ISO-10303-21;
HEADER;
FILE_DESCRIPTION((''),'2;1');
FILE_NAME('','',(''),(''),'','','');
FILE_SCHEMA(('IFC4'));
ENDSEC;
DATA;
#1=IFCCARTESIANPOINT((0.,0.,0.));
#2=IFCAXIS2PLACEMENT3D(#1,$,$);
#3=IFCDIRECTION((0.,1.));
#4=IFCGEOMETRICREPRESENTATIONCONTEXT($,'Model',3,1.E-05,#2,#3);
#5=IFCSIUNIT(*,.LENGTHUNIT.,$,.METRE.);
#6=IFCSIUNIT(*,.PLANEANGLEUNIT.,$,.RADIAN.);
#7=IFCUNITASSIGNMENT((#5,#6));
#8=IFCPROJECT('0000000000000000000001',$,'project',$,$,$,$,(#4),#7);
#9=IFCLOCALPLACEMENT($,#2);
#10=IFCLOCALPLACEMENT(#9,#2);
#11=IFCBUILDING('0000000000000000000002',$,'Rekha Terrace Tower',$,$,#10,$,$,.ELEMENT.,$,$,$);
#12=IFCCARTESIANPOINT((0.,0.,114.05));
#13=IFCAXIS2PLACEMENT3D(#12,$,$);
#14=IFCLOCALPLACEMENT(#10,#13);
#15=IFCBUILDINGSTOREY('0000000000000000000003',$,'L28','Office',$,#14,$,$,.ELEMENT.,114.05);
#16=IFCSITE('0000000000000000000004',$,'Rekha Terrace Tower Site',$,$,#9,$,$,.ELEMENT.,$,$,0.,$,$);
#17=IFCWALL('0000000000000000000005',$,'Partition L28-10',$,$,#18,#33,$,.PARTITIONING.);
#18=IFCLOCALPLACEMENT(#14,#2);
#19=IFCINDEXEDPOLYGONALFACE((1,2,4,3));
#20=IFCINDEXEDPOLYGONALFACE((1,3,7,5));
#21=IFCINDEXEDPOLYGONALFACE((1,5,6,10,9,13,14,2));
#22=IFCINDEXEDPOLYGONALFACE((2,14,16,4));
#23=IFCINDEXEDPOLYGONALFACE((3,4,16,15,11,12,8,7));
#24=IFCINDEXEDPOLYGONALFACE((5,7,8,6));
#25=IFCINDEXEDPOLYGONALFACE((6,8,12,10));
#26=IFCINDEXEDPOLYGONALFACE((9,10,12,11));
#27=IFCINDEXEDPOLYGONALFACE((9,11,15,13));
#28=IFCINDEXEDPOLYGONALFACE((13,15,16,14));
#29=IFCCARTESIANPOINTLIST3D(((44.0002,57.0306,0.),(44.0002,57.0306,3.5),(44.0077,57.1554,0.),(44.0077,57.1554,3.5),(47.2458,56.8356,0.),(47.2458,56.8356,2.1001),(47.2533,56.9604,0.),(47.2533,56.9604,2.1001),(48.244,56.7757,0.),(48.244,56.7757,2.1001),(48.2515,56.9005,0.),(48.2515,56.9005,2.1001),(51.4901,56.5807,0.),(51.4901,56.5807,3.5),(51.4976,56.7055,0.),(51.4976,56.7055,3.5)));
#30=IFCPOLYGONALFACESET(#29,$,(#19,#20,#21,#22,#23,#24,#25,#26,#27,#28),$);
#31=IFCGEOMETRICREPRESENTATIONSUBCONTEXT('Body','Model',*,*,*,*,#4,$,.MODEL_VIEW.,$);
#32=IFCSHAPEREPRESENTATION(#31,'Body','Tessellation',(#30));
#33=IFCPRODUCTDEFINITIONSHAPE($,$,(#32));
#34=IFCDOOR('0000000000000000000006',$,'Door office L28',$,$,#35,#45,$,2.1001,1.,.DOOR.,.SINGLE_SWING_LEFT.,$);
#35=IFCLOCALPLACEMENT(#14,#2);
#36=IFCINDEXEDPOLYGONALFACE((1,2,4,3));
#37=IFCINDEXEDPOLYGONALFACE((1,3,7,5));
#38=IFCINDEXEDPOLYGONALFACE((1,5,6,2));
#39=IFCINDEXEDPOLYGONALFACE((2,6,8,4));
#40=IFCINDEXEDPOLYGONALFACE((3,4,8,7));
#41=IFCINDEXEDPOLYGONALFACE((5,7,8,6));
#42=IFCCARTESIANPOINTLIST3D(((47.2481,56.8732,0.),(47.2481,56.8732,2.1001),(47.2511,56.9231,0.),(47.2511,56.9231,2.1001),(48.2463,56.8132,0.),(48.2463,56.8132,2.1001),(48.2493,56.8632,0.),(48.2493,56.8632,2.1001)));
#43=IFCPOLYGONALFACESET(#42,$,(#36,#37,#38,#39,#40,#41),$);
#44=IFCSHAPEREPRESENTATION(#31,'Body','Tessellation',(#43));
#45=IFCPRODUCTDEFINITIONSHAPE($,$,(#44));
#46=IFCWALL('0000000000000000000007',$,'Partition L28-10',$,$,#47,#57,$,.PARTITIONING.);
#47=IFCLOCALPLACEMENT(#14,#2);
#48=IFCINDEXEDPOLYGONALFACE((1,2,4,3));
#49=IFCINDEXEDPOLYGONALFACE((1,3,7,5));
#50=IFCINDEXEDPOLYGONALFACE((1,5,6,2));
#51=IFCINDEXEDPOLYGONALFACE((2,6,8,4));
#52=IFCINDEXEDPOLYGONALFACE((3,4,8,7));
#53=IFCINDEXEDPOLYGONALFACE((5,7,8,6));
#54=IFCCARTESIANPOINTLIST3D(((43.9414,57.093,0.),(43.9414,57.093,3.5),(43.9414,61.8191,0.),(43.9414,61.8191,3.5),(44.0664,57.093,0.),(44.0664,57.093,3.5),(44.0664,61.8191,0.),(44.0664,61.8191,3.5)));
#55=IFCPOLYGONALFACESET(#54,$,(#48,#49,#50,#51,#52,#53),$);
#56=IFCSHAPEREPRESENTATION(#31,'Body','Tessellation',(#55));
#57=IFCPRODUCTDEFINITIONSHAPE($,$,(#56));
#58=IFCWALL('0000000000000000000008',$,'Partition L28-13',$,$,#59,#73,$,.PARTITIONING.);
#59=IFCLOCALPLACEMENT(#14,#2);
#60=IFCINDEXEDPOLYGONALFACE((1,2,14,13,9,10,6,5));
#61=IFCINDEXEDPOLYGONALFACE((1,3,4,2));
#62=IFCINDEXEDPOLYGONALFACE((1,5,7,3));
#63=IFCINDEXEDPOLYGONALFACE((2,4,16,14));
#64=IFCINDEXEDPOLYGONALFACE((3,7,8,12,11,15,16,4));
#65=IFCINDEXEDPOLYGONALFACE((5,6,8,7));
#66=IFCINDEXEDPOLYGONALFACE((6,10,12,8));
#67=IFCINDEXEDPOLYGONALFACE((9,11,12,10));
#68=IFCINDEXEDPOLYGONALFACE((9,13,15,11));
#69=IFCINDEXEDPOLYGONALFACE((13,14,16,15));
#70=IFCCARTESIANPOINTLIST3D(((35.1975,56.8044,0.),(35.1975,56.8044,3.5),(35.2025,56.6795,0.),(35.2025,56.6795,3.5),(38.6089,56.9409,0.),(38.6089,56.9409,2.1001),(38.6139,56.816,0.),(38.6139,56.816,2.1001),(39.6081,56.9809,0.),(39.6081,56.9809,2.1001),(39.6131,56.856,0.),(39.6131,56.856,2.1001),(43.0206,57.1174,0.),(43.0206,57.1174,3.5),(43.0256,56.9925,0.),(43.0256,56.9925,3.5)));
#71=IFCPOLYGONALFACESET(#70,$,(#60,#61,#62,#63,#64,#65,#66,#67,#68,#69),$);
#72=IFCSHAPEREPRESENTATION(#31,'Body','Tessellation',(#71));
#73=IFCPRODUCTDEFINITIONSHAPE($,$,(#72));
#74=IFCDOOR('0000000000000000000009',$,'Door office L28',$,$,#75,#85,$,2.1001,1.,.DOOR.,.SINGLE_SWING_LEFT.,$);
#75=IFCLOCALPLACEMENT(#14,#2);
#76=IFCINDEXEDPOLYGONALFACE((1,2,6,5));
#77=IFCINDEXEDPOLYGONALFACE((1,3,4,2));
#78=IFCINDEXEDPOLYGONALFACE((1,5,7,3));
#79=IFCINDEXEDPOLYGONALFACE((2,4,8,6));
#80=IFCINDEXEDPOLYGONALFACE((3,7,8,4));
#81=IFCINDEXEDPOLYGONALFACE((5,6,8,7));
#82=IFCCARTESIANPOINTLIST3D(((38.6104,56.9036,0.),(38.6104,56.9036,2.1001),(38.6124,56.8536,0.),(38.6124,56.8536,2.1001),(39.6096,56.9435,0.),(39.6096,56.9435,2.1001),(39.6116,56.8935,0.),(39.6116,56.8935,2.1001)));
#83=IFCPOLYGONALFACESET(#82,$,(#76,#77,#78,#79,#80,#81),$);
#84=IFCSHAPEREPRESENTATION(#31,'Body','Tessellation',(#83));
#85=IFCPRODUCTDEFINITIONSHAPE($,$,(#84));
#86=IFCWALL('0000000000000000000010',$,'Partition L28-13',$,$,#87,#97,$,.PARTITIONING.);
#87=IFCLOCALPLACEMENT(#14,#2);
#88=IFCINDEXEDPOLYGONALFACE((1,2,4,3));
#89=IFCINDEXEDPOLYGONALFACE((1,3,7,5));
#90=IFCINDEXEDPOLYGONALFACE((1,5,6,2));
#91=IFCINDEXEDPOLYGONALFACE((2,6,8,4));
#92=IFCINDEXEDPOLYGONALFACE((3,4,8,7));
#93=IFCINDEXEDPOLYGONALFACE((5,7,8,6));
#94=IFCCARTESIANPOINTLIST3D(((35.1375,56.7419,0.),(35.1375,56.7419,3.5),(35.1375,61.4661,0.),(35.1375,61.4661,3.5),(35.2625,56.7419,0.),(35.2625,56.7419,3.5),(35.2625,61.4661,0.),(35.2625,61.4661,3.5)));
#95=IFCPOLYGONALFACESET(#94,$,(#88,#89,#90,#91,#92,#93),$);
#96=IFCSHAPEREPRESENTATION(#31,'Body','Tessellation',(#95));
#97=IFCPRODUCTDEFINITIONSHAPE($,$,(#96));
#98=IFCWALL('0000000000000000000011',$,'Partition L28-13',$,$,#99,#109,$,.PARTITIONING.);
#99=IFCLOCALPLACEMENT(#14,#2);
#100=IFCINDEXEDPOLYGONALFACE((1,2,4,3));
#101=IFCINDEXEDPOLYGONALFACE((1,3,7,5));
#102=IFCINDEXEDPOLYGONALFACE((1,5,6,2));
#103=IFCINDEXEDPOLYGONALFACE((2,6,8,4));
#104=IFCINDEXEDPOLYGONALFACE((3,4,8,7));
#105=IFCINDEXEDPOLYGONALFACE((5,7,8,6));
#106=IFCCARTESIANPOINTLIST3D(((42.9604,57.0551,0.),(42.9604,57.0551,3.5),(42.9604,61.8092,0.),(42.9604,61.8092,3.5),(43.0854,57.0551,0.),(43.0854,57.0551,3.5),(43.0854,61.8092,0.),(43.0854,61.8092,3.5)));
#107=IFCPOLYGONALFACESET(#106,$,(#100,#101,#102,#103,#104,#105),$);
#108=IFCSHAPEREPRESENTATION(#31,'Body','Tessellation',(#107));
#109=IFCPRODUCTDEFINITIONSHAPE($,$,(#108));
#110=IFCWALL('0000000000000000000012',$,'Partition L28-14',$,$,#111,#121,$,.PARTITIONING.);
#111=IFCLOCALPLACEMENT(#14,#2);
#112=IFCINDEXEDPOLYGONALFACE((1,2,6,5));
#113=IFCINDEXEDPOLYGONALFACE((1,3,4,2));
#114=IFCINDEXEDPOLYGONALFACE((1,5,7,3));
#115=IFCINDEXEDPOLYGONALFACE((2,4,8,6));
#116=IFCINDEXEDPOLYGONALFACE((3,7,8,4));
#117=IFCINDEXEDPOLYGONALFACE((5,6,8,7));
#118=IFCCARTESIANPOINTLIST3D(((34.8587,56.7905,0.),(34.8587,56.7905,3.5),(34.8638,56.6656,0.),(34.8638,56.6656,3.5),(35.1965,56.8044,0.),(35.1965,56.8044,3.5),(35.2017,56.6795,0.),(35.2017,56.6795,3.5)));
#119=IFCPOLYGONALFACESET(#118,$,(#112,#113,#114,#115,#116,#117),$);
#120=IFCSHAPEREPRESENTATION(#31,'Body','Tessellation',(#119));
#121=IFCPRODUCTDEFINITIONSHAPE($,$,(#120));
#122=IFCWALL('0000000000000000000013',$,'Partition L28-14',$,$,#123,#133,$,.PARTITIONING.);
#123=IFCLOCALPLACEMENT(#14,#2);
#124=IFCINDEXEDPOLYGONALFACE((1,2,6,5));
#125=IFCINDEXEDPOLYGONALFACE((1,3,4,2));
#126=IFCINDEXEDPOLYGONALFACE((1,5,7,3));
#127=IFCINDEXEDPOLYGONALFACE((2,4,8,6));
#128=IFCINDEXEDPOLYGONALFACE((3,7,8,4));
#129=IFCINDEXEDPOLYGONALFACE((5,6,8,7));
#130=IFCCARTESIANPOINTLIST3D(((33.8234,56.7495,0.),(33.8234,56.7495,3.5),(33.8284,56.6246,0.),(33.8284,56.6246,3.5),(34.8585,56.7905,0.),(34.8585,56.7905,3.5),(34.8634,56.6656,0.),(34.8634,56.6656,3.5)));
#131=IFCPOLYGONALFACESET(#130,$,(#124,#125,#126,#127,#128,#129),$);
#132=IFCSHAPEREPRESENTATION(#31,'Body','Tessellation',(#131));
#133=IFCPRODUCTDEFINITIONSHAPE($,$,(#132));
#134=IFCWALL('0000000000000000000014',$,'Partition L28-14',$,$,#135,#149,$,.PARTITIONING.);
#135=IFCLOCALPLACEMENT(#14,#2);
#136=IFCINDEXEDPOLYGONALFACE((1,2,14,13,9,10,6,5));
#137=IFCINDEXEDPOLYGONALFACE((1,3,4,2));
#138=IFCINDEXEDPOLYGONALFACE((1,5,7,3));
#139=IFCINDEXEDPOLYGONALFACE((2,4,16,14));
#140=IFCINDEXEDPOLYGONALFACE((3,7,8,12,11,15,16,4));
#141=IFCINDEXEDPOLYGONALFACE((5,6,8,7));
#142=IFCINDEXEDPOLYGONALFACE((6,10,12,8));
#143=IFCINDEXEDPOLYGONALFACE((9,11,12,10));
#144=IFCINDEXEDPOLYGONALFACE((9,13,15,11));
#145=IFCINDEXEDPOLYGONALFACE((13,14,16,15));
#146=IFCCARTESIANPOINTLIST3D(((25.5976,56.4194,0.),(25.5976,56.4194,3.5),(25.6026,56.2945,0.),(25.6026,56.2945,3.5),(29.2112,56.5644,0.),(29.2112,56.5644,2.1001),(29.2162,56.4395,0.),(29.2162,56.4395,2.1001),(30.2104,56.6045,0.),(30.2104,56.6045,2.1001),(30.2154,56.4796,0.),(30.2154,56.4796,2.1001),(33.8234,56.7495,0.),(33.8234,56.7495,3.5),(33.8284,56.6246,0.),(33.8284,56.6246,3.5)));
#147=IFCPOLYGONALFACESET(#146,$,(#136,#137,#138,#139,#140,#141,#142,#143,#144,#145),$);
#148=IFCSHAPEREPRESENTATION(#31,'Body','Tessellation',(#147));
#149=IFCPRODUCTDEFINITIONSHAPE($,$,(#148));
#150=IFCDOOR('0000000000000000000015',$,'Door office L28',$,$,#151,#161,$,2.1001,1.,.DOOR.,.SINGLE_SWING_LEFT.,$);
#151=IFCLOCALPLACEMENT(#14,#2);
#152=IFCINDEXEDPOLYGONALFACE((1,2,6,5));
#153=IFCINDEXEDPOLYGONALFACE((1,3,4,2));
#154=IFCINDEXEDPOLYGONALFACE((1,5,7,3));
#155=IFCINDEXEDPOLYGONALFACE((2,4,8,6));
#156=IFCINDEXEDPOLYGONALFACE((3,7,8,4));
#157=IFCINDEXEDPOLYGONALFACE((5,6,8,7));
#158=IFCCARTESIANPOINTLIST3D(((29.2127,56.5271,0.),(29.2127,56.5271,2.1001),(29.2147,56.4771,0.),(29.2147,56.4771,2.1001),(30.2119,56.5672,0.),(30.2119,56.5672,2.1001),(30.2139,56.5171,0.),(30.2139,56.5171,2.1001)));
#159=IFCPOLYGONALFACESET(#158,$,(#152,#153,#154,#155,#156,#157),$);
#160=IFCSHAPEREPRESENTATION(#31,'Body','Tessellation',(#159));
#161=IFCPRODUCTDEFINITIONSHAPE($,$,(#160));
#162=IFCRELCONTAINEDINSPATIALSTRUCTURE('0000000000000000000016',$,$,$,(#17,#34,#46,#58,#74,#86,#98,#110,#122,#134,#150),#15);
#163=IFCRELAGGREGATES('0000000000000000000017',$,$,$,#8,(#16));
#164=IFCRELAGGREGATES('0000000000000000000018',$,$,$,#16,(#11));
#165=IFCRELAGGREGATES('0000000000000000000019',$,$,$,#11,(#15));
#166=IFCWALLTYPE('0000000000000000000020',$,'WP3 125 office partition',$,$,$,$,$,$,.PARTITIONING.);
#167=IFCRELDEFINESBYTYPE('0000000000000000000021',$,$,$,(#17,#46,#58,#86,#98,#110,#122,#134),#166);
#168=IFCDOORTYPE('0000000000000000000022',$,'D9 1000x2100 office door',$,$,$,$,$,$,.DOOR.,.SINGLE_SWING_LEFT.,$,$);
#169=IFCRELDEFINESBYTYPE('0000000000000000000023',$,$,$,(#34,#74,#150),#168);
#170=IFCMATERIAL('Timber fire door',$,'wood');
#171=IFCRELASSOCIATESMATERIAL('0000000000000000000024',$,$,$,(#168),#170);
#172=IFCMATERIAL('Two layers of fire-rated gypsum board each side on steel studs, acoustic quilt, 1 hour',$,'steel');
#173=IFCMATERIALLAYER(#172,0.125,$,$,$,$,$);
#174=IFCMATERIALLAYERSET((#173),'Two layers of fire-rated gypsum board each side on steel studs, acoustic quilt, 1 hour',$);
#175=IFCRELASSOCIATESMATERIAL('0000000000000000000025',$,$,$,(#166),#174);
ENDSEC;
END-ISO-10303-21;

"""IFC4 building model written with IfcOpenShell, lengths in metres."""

from ifc_helpers import new_model, si_unit, direction, frame, frame_2d, origin, place, context, subcontext, project, spatial, rectangle, extrude, material, layer, layer_set, type_object, element, fill, save


model = new_model("IFC4")

# Units and contexts
model_context = context("Model", 3, precision=1e-05, world=origin(), true_north=direction((0.0, 1.0)))
body_context = subcontext(model_context, "Body", "Model", "MODEL_VIEW")
ifc_project = project(units=[si_unit("LENGTHUNIT", "METRE"), si_unit("PLANEANGLEUNIT", "RADIAN")], contexts=[model_context])

# Site, building, storey
site_placement = place(None, origin())
site = spatial("IfcSite", under=ifc_project, at=site_placement, Name="Rekha Terrace Tower Site", CompositionType="ELEMENT", RefElevation=0.0)
building_placement = place(site_placement, origin())
building = spatial("IfcBuilding", under=site, at=building_placement, Name="Rekha Terrace Tower", CompositionType="ELEMENT")
storey_placement = place(building_placement, frame((0.0, 0.0, 114.05)))
storey = spatial("IfcBuildingStorey", under=building, at=storey_placement, Name="L28", Description="Office", CompositionType="ELEMENT", Elevation=114.05)

# Shared definitions
ifc_material_1 = material(Name="Timber fire door", Category="wood")
door_type_1 = type_object("IfcDoorType", Name="D9 1000x2100 office door", OperationType="SINGLE_SWING_LEFT", PredefinedType="DOOR", material=ifc_material_1)

# Shared definitions
ifc_material_2 = material(Name="Two layers of fire-rated gypsum board each side on steel studs, acoustic quilt, 1 hour", Category="steel")
ifc_layer_1 = layer(ifc_material_2, 0.125)
ifc_layer_set_1 = layer_set([ifc_layer_1], Name="Two layers of fire-rated gypsum board each side on steel studs, acoustic quilt, 1 hour")
wall_type_1 = type_object("IfcWallType", Name="WP3 125 office partition", PredefinedType="PARTITIONING", material=ifc_layer_set_1)

# Wall, opening, door
wall_1_placement = place(storey_placement, frame((51.4939, 56.6431, 0.0), z_axis=(0.0, 0.0, 1.0), x_axis=(-0.9982, 0.059966, 0.0)))
wall_1 = element("IfcWall", 1, at=wall_1_placement, inside=storey, type_object=wall_type_1, Name="Partition L28-10", PredefinedType="PARTITIONING", context=body_context, shape_type="SweptSolid", body=[
    extrude(rectangle(XDim=7.5034, YDim=0.125, at=frame_2d((3.7517, 0.0))), origin(), (0.0, 0.0, 1.0), 3.5),
])
opening_1_placement = place(wall_1_placement, frame((3.252, 0.0, 0.0)))
opening_1 = element("IfcOpeningElement", 2, at=opening_1_placement, cuts=wall_1, PredefinedType="OPENING", context=body_context, shape_type="SweptSolid", body=[
    extrude(rectangle(XDim=1.0, YDim=2.1001, at=frame_2d((0.5, 1.05))), frame((0.0, 0.0725, 0.0), z_axis=(0.0, -1.0, 0.0), x_axis=(1.0, 0.0, 0.0)), (0.0, 0.0, 1.0), 0.145),
])
door_1_placement = place(opening_1_placement, origin())
door_1 = element("IfcDoor", 3, at=door_1_placement, inside=storey, type_object=door_type_1, Name="Door office L28", OperationType="SINGLE_SWING_LEFT", OverallHeight=2.1001, OverallWidth=1.0, PredefinedType="DOOR", context=body_context, shape_type="SweptSolid", body=[
    extrude(rectangle(XDim=1.0, YDim=2.1001, at=frame_2d((0.5, 1.05))), frame((0.0, 0.0249, 0.0), z_axis=(0.0, -1.0, 0.0), x_axis=(1.0, 0.0, 0.0)), (0.0, 0.0, 1.0), 0.05),
])
fill(opening_1, door_1)

# Wall
wall_2_placement = place(storey_placement, frame((44.0039, 57.093, 0.0), z_axis=(0.0, 0.0, 1.0), x_axis=(0.0, 1.0, 0.0)))
element("IfcWall", 4, at=wall_2_placement, inside=storey, type_object=wall_type_1, Name="Partition L28-10", PredefinedType="PARTITIONING", context=body_context, shape_type="SweptSolid", body=[
    extrude(rectangle(XDim=4.7261, YDim=0.125, at=frame_2d((2.363, 0.0))), origin(), (0.0, 0.0, 1.0), 3.5),
])

# Wall, opening, door
wall_3_placement = place(storey_placement, frame((43.0229, 57.0549, 0.0), z_axis=(0.0, 0.0, 1.0), x_axis=(-0.999201, -0.039977, 0.0)))
wall_3 = element("IfcWall", 5, at=wall_3_placement, inside=storey, type_object=wall_type_1, Name="Partition L28-13", PredefinedType="PARTITIONING", context=body_context, shape_type="SweptSolid", body=[
    extrude(rectangle(XDim=7.8293, YDim=0.125, at=frame_2d((3.9146, 0.0))), origin(), (0.0, 0.0, 1.0), 3.5),
])
opening_2_placement = place(wall_3_placement, frame((3.415, 0.0, 0.0)))
opening_2 = element("IfcOpeningElement", 6, at=opening_2_placement, cuts=wall_3, PredefinedType="OPENING", context=body_context, shape_type="SweptSolid", body=[
    extrude(rectangle(XDim=1.0, YDim=2.1001, at=frame_2d((0.5, 1.05))), frame((0.0, 0.0725, 0.0), z_axis=(0.0, -1.0, 0.0), x_axis=(1.0, 0.0, 0.0)), (0.0, 0.0, 1.0), 0.145),
])
door_2_placement = place(opening_2_placement, origin())
door_2 = element("IfcDoor", 7, at=door_2_placement, inside=storey, type_object=door_type_1, Name="Door office L28", OperationType="SINGLE_SWING_LEFT", OverallHeight=2.1001, OverallWidth=1.0, PredefinedType="DOOR", context=body_context, shape_type="SweptSolid", body=[
    extrude(rectangle(XDim=1.0, YDim=2.1001, at=frame_2d((0.5, 1.05))), frame((0.0, 0.0249, 0.0), z_axis=(0.0, -1.0, 0.0), x_axis=(1.0, 0.0, 0.0)), (0.0, 0.0, 1.0), 0.05),
])
fill(opening_2, door_2)

# Walls
wall_4_placement = place(storey_placement, frame((35.2, 56.7419, 0.0), z_axis=(0.0, 0.0, 1.0), x_axis=(0.0, 1.0, 0.0)))
element("IfcWall", 8, at=wall_4_placement, inside=storey, type_object=wall_type_1, Name="Partition L28-13", PredefinedType="PARTITIONING", context=body_context, shape_type="SweptSolid", body=[
    extrude(rectangle(XDim=4.7241, YDim=0.125, at=frame_2d((2.3621, 0.0))), origin(), (0.0, 0.0, 1.0), 3.5),
])
wall_5_placement = place(storey_placement, frame((43.0229, 61.8091, 0.0), z_axis=(0.0, 0.0, 1.0), x_axis=(0.0, -1.0, 0.0)))
element("IfcWall", 9, at=wall_5_placement, inside=storey, type_object=wall_type_1, Name="Partition L28-13", PredefinedType="PARTITIONING", context=body_context, shape_type="SweptSolid", body=[
    extrude(rectangle(XDim=4.7542, YDim=0.125, at=frame_2d((2.377, 0.0))), origin(), (0.0, 0.0, 1.0), 3.5),
])
wall_6_placement = place(storey_placement, frame((35.199, 56.7419, 0.0), z_axis=(0.0, 0.0, 1.0), x_axis=(-0.999153, -0.04115, 0.0)))
element("IfcWall", 10, at=wall_6_placement, inside=storey, type_object=wall_type_1, Name="Partition L28-14", PredefinedType="PARTITIONING", context=body_context, shape_type="SweptSolid", body=[
    extrude(rectangle(XDim=0.3381, YDim=0.125, at=frame_2d((0.1689, 0.0))), origin(), (0.0, 0.0, 1.0), 3.5),
])
wall_7_placement = place(storey_placement, frame((34.8611, 56.728, 0.0), z_axis=(0.0, 0.0, 1.0), x_axis=(-0.999216, -0.039592, 0.0)))
element("IfcWall", 11, at=wall_7_placement, inside=storey, type_object=wall_type_1, Name="Partition L28-14", PredefinedType="PARTITIONING", context=body_context, shape_type="SweptSolid", body=[
    extrude(rectangle(XDim=1.0359, YDim=0.125, at=frame_2d((0.5181, 0.0))), origin(), (0.0, 0.0, 1.0), 3.5),
])

# Wall, opening, door
wall_8_placement = place(storey_placement, frame((33.8259, 56.687, 0.0), z_axis=(0.0, 0.0, 1.0), x_axis=(-0.999196, -0.040095, 0.0)))
wall_8 = element("IfcWall", 12, at=wall_8_placement, inside=storey, type_object=wall_type_1, Name="Partition L28-14", PredefinedType="PARTITIONING", context=body_context, shape_type="SweptSolid", body=[
    extrude(rectangle(XDim=8.2324, YDim=0.125, at=frame_2d((4.1162, 0.0))), origin(), (0.0, 0.0, 1.0), 3.5),
])
opening_3_placement = place(wall_8_placement, frame((3.616, 0.0, 0.0)))
opening_3 = element("IfcOpeningElement", 13, at=opening_3_placement, cuts=wall_8, PredefinedType="OPENING", context=body_context, shape_type="SweptSolid", body=[
    extrude(rectangle(XDim=1.0, YDim=2.1001, at=frame_2d((0.5, 1.05))), frame((0.0, 0.0725, 0.0), z_axis=(0.0, -1.0, 0.0), x_axis=(1.0, 0.0, 0.0)), (0.0, 0.0, 1.0), 0.145),
])
door_3_placement = place(opening_3_placement, origin())
door_3 = element("IfcDoor", 14, at=door_3_placement, inside=storey, type_object=door_type_1, Name="Door office L28", OperationType="SINGLE_SWING_LEFT", OverallHeight=2.1001, OverallWidth=1.0, PredefinedType="DOOR", context=body_context, shape_type="SweptSolid", body=[
    extrude(rectangle(XDim=1.0, YDim=2.1001, at=frame_2d((0.5, 1.05))), frame((0.0, 0.0249, 0.0), z_axis=(0.0, -1.0, 0.0), x_axis=(1.0, 0.0, 0.0)), (0.0, 0.0, 1.0), 0.05),
])
fill(opening_3, door_3)

save(model, "model.ifc")
